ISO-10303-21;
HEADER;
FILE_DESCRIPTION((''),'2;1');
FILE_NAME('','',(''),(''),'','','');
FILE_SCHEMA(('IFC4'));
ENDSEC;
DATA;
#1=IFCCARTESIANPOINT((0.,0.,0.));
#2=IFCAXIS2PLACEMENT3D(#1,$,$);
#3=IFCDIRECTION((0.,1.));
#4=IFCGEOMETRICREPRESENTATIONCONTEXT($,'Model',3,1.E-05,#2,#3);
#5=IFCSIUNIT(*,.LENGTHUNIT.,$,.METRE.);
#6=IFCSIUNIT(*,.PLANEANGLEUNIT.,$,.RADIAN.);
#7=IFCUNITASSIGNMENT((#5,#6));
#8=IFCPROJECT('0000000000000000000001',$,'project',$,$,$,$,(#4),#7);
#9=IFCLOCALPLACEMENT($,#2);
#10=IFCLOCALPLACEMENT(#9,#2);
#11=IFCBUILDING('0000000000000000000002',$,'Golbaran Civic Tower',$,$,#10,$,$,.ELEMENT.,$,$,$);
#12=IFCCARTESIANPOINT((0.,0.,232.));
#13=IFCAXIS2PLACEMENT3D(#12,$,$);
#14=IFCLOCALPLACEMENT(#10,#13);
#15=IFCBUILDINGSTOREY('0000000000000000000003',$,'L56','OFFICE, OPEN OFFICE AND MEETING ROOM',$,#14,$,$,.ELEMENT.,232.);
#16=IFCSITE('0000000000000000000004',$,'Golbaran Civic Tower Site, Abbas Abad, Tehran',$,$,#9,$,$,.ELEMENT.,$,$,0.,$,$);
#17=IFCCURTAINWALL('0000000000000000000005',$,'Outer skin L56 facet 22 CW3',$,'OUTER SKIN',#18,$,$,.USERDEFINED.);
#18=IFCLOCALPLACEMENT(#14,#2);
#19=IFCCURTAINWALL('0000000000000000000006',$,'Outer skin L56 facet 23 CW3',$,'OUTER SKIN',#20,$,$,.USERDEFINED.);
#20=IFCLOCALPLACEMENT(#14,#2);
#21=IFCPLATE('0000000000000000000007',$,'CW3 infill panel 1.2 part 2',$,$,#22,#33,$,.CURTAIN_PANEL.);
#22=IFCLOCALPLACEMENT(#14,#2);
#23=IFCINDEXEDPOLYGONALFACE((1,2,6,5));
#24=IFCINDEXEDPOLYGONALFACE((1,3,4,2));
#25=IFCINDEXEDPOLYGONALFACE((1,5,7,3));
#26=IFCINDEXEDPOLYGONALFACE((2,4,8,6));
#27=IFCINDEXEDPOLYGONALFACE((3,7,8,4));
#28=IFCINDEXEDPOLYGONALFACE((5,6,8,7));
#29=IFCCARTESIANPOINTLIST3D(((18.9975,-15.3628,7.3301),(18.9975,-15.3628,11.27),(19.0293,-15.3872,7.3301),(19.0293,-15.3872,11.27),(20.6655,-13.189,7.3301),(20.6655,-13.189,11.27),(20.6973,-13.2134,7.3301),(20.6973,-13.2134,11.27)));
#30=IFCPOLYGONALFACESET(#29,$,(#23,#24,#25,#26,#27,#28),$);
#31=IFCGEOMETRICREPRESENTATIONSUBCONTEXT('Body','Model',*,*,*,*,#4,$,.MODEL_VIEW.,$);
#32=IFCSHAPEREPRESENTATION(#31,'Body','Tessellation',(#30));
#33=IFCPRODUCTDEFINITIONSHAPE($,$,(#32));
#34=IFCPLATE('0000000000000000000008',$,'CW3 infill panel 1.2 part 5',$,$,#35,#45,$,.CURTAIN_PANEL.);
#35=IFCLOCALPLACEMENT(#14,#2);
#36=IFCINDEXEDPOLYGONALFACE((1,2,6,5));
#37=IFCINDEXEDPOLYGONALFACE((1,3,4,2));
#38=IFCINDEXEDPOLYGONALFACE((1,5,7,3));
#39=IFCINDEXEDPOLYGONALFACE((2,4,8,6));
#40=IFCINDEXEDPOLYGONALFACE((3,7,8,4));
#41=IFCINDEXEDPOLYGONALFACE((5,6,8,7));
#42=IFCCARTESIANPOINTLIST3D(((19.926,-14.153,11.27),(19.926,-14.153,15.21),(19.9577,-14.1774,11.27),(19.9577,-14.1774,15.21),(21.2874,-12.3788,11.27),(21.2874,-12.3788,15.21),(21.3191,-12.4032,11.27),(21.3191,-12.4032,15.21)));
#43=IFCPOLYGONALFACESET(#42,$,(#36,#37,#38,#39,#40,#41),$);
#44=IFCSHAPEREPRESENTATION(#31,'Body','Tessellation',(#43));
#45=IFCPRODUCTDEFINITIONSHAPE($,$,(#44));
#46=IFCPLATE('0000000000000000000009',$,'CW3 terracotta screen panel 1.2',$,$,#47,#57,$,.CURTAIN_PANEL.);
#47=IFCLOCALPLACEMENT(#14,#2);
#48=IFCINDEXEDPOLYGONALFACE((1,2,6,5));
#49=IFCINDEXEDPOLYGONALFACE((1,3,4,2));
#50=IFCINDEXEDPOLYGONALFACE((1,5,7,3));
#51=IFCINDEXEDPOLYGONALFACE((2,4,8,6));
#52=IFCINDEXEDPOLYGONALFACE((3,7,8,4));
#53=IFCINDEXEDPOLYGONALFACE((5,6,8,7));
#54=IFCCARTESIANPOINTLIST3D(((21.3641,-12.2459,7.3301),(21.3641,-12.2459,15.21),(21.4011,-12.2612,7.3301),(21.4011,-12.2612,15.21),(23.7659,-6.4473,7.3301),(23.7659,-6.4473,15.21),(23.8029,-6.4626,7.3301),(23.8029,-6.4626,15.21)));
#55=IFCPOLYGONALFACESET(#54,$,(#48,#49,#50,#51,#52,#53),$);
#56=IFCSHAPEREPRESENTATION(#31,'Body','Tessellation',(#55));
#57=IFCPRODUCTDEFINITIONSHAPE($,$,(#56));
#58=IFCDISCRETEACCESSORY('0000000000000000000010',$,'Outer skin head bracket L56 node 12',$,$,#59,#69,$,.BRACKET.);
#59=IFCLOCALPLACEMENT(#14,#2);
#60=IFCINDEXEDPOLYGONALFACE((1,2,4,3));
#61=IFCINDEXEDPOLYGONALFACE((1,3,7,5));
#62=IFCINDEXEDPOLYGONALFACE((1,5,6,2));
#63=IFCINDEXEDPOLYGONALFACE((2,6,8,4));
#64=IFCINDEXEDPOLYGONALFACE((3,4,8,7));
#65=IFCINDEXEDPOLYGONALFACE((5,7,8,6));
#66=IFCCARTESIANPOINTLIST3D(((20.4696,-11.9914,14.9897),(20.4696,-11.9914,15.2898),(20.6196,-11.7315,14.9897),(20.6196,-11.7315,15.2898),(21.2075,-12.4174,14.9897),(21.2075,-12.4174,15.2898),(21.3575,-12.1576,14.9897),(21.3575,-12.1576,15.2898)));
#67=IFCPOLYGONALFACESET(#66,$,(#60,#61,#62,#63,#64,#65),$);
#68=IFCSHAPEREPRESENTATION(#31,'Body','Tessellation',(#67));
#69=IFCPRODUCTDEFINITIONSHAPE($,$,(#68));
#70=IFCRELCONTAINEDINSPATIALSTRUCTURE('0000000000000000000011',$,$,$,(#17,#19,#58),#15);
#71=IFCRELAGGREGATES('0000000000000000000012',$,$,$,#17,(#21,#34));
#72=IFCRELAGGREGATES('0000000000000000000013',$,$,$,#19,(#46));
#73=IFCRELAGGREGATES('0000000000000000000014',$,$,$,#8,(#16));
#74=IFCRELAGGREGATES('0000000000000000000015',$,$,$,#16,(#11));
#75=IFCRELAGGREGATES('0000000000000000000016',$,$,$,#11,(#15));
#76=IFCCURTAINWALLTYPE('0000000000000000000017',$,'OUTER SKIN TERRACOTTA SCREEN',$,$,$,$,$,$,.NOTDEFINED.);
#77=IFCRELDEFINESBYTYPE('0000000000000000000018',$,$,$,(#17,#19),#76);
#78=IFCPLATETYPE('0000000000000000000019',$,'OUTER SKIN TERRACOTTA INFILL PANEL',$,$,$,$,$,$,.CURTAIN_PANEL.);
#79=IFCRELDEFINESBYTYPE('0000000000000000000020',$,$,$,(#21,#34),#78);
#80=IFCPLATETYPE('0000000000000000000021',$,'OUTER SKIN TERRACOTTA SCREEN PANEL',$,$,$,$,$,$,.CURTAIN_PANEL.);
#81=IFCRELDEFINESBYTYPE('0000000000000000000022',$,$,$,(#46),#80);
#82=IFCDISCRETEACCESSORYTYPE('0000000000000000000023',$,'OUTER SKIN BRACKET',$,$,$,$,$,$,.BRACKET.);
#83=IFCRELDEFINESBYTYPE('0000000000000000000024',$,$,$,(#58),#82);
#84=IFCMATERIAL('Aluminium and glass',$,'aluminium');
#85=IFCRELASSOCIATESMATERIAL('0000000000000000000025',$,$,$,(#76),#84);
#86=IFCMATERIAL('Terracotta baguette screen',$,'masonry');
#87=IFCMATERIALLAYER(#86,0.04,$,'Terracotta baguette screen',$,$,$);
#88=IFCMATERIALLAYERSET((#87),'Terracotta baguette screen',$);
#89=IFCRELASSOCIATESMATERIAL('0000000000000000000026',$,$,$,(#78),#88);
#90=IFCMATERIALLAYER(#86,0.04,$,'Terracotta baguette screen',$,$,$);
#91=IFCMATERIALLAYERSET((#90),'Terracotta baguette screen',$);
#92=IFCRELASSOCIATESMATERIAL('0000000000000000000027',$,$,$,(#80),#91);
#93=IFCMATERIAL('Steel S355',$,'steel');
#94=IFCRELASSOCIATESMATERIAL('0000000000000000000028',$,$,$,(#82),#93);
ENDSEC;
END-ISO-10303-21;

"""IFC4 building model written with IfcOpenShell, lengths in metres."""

from ifc_helpers import new_model, si_unit, direction, frame, origin, origin_2d, place, context, subcontext, project, spatial, rectangle, extrude, material, layer, layer_set, type_object, element, aggregate, save


model = new_model("IFC4")

# Units and contexts
model_context = context("Model", 3, precision=1e-05, world=origin(), true_north=direction((0.0, 1.0)))
body_context = subcontext(model_context, "Body", "Model", "MODEL_VIEW")
ifc_project = project(units=[si_unit("LENGTHUNIT", "METRE"), si_unit("PLANEANGLEUNIT", "RADIAN")], contexts=[model_context])

# Site, building, storey
site_placement = place(None, origin())
site = spatial("IfcSite", under=ifc_project, at=site_placement, Name="Golbaran Civic Tower Site, Abbas Abad, Tehran", CompositionType="ELEMENT", RefElevation=0.0)
building_placement = place(site_placement, origin())
building = spatial("IfcBuilding", under=site, at=building_placement, Name="Golbaran Civic Tower", CompositionType="ELEMENT")
storey_placement = place(building_placement, frame((0.0, 0.0, 232.0)))
storey = spatial("IfcBuildingStorey", under=building, at=storey_placement, Name="L56", Description="OFFICE, OPEN OFFICE AND MEETING ROOM", CompositionType="ELEMENT", Elevation=232.0)

# Curtain walls
ifc_material_1 = material(Name="Aluminium and glass", Category="aluminium")
curtain_wall_type_1 = type_object("IfcCurtainWallType", Name="OUTER SKIN TERRACOTTA SCREEN", PredefinedType="NOTDEFINED", material=ifc_material_1)
curtain_wall_1_placement = place(storey_placement, origin())
curtain_wall_1 = element("IfcCurtainWall", 1, at=curtain_wall_1_placement, inside=storey, type_object=curtain_wall_type_1, Name="Outer skin L56 facet 22 CW3", ObjectType="OUTER SKIN", PredefinedType="USERDEFINED")
curtain_wall_2_placement = place(storey_placement, origin())
curtain_wall_2 = element("IfcCurtainWall", 2, at=curtain_wall_2_placement, inside=storey, type_object=curtain_wall_type_1, Name="Outer skin L56 facet 23 CW3", ObjectType="OUTER SKIN", PredefinedType="USERDEFINED")

# Plates
ifc_material_2 = material(Name="Terracotta baguette screen", Category="masonry")
ifc_layer_1 = layer(ifc_material_2, 0.04, Name="Terracotta baguette screen")
ifc_layer_set_1 = layer_set([ifc_layer_1], Name="Terracotta baguette screen")
plate_type_1 = type_object("IfcPlateType", Name="OUTER SKIN TERRACOTTA INFILL PANEL", PredefinedType="CURTAIN_PANEL", material=ifc_layer_set_1)
plate_1_placement = place(storey_placement, frame((19.8474, -14.2881, 7.3301), z_axis=(0.0, 0.0, 1.0), x_axis=(0.608761, 0.793353, 0.0)))
plate_1 = element("IfcPlate", 3, at=plate_1_placement, type_object=plate_type_1, Name="CW3 infill panel 1.2 part 2", PredefinedType="CURTAIN_PANEL", context=body_context, shape_type="SweptSolid", body=[
    extrude(rectangle(XDim=2.74, YDim=0.04, at=origin_2d()), origin(), (0.0, 0.0, 1.0), 3.9399),
])
plate_2_placement = place(storey_placement, frame((20.6226, -13.2781, 11.27), z_axis=(0.0, 0.0, 1.0), x_axis=(0.608761, 0.793353, 0.0)))
plate_2 = element("IfcPlate", 4, at=plate_2_placement, type_object=plate_type_1, Name="CW3 infill panel 1.2 part 5", PredefinedType="CURTAIN_PANEL", context=body_context, shape_type="SweptSolid", body=[
    extrude(rectangle(XDim=2.2363, YDim=0.04, at=origin_2d()), origin(), (0.0, 0.0, 1.0), 3.9399),
])
aggregate(curtain_wall_1, [plate_1, plate_2])
ifc_layer_2 = layer(ifc_material_2, 0.04, Name="Terracotta baguette screen")
ifc_layer_set_2 = layer_set([ifc_layer_2], Name="Terracotta baguette screen")
plate_type_2 = type_object("IfcPlateType", Name="OUTER SKIN TERRACOTTA SCREEN PANEL", PredefinedType="CURTAIN_PANEL", material=ifc_layer_set_2)
plate_3_placement = place(storey_placement, frame((22.5835, -9.3542, 7.3301), z_axis=(0.0, 0.0, 1.0), x_axis=(0.382683, 0.92388, 0.0)))
plate_3 = element("IfcPlate", 5, at=plate_3_placement, type_object=plate_type_2, Name="CW3 terracotta screen panel 1.2", PredefinedType="CURTAIN_PANEL", context=body_context, shape_type="SweptSolid", body=[
    extrude(rectangle(XDim=6.2764, YDim=0.04, at=origin_2d()), origin(), (0.0, 0.0, 1.0), 7.8799),
])
aggregate(curtain_wall_2, [plate_3])

# Discrete accessory
ifc_material_3 = material(Name="Steel S355", Category="steel")
discrete_accessory_type = type_object("IfcDiscreteAccessoryType", Name="OUTER SKIN BRACKET", PredefinedType="BRACKET", material=ifc_material_3)
discrete_accessory_placement = place(storey_placement, frame((20.9136, -12.0745, 14.9897), z_axis=(0.0, 0.0, 1.0), x_axis=(0.866025, -0.5, 0.0)))
element("IfcDiscreteAccessory", 6, at=discrete_accessory_placement, inside=storey, type_object=discrete_accessory_type, Name="Outer skin head bracket L56 node 12", PredefinedType="BRACKET", context=body_context, shape_type="SweptSolid", body=[
    extrude(rectangle(XDim=0.8521, YDim=0.3, at=origin_2d()), origin(), (0.0, 0.0, 1.0), 0.3),
])

save(model, "model.ifc")
